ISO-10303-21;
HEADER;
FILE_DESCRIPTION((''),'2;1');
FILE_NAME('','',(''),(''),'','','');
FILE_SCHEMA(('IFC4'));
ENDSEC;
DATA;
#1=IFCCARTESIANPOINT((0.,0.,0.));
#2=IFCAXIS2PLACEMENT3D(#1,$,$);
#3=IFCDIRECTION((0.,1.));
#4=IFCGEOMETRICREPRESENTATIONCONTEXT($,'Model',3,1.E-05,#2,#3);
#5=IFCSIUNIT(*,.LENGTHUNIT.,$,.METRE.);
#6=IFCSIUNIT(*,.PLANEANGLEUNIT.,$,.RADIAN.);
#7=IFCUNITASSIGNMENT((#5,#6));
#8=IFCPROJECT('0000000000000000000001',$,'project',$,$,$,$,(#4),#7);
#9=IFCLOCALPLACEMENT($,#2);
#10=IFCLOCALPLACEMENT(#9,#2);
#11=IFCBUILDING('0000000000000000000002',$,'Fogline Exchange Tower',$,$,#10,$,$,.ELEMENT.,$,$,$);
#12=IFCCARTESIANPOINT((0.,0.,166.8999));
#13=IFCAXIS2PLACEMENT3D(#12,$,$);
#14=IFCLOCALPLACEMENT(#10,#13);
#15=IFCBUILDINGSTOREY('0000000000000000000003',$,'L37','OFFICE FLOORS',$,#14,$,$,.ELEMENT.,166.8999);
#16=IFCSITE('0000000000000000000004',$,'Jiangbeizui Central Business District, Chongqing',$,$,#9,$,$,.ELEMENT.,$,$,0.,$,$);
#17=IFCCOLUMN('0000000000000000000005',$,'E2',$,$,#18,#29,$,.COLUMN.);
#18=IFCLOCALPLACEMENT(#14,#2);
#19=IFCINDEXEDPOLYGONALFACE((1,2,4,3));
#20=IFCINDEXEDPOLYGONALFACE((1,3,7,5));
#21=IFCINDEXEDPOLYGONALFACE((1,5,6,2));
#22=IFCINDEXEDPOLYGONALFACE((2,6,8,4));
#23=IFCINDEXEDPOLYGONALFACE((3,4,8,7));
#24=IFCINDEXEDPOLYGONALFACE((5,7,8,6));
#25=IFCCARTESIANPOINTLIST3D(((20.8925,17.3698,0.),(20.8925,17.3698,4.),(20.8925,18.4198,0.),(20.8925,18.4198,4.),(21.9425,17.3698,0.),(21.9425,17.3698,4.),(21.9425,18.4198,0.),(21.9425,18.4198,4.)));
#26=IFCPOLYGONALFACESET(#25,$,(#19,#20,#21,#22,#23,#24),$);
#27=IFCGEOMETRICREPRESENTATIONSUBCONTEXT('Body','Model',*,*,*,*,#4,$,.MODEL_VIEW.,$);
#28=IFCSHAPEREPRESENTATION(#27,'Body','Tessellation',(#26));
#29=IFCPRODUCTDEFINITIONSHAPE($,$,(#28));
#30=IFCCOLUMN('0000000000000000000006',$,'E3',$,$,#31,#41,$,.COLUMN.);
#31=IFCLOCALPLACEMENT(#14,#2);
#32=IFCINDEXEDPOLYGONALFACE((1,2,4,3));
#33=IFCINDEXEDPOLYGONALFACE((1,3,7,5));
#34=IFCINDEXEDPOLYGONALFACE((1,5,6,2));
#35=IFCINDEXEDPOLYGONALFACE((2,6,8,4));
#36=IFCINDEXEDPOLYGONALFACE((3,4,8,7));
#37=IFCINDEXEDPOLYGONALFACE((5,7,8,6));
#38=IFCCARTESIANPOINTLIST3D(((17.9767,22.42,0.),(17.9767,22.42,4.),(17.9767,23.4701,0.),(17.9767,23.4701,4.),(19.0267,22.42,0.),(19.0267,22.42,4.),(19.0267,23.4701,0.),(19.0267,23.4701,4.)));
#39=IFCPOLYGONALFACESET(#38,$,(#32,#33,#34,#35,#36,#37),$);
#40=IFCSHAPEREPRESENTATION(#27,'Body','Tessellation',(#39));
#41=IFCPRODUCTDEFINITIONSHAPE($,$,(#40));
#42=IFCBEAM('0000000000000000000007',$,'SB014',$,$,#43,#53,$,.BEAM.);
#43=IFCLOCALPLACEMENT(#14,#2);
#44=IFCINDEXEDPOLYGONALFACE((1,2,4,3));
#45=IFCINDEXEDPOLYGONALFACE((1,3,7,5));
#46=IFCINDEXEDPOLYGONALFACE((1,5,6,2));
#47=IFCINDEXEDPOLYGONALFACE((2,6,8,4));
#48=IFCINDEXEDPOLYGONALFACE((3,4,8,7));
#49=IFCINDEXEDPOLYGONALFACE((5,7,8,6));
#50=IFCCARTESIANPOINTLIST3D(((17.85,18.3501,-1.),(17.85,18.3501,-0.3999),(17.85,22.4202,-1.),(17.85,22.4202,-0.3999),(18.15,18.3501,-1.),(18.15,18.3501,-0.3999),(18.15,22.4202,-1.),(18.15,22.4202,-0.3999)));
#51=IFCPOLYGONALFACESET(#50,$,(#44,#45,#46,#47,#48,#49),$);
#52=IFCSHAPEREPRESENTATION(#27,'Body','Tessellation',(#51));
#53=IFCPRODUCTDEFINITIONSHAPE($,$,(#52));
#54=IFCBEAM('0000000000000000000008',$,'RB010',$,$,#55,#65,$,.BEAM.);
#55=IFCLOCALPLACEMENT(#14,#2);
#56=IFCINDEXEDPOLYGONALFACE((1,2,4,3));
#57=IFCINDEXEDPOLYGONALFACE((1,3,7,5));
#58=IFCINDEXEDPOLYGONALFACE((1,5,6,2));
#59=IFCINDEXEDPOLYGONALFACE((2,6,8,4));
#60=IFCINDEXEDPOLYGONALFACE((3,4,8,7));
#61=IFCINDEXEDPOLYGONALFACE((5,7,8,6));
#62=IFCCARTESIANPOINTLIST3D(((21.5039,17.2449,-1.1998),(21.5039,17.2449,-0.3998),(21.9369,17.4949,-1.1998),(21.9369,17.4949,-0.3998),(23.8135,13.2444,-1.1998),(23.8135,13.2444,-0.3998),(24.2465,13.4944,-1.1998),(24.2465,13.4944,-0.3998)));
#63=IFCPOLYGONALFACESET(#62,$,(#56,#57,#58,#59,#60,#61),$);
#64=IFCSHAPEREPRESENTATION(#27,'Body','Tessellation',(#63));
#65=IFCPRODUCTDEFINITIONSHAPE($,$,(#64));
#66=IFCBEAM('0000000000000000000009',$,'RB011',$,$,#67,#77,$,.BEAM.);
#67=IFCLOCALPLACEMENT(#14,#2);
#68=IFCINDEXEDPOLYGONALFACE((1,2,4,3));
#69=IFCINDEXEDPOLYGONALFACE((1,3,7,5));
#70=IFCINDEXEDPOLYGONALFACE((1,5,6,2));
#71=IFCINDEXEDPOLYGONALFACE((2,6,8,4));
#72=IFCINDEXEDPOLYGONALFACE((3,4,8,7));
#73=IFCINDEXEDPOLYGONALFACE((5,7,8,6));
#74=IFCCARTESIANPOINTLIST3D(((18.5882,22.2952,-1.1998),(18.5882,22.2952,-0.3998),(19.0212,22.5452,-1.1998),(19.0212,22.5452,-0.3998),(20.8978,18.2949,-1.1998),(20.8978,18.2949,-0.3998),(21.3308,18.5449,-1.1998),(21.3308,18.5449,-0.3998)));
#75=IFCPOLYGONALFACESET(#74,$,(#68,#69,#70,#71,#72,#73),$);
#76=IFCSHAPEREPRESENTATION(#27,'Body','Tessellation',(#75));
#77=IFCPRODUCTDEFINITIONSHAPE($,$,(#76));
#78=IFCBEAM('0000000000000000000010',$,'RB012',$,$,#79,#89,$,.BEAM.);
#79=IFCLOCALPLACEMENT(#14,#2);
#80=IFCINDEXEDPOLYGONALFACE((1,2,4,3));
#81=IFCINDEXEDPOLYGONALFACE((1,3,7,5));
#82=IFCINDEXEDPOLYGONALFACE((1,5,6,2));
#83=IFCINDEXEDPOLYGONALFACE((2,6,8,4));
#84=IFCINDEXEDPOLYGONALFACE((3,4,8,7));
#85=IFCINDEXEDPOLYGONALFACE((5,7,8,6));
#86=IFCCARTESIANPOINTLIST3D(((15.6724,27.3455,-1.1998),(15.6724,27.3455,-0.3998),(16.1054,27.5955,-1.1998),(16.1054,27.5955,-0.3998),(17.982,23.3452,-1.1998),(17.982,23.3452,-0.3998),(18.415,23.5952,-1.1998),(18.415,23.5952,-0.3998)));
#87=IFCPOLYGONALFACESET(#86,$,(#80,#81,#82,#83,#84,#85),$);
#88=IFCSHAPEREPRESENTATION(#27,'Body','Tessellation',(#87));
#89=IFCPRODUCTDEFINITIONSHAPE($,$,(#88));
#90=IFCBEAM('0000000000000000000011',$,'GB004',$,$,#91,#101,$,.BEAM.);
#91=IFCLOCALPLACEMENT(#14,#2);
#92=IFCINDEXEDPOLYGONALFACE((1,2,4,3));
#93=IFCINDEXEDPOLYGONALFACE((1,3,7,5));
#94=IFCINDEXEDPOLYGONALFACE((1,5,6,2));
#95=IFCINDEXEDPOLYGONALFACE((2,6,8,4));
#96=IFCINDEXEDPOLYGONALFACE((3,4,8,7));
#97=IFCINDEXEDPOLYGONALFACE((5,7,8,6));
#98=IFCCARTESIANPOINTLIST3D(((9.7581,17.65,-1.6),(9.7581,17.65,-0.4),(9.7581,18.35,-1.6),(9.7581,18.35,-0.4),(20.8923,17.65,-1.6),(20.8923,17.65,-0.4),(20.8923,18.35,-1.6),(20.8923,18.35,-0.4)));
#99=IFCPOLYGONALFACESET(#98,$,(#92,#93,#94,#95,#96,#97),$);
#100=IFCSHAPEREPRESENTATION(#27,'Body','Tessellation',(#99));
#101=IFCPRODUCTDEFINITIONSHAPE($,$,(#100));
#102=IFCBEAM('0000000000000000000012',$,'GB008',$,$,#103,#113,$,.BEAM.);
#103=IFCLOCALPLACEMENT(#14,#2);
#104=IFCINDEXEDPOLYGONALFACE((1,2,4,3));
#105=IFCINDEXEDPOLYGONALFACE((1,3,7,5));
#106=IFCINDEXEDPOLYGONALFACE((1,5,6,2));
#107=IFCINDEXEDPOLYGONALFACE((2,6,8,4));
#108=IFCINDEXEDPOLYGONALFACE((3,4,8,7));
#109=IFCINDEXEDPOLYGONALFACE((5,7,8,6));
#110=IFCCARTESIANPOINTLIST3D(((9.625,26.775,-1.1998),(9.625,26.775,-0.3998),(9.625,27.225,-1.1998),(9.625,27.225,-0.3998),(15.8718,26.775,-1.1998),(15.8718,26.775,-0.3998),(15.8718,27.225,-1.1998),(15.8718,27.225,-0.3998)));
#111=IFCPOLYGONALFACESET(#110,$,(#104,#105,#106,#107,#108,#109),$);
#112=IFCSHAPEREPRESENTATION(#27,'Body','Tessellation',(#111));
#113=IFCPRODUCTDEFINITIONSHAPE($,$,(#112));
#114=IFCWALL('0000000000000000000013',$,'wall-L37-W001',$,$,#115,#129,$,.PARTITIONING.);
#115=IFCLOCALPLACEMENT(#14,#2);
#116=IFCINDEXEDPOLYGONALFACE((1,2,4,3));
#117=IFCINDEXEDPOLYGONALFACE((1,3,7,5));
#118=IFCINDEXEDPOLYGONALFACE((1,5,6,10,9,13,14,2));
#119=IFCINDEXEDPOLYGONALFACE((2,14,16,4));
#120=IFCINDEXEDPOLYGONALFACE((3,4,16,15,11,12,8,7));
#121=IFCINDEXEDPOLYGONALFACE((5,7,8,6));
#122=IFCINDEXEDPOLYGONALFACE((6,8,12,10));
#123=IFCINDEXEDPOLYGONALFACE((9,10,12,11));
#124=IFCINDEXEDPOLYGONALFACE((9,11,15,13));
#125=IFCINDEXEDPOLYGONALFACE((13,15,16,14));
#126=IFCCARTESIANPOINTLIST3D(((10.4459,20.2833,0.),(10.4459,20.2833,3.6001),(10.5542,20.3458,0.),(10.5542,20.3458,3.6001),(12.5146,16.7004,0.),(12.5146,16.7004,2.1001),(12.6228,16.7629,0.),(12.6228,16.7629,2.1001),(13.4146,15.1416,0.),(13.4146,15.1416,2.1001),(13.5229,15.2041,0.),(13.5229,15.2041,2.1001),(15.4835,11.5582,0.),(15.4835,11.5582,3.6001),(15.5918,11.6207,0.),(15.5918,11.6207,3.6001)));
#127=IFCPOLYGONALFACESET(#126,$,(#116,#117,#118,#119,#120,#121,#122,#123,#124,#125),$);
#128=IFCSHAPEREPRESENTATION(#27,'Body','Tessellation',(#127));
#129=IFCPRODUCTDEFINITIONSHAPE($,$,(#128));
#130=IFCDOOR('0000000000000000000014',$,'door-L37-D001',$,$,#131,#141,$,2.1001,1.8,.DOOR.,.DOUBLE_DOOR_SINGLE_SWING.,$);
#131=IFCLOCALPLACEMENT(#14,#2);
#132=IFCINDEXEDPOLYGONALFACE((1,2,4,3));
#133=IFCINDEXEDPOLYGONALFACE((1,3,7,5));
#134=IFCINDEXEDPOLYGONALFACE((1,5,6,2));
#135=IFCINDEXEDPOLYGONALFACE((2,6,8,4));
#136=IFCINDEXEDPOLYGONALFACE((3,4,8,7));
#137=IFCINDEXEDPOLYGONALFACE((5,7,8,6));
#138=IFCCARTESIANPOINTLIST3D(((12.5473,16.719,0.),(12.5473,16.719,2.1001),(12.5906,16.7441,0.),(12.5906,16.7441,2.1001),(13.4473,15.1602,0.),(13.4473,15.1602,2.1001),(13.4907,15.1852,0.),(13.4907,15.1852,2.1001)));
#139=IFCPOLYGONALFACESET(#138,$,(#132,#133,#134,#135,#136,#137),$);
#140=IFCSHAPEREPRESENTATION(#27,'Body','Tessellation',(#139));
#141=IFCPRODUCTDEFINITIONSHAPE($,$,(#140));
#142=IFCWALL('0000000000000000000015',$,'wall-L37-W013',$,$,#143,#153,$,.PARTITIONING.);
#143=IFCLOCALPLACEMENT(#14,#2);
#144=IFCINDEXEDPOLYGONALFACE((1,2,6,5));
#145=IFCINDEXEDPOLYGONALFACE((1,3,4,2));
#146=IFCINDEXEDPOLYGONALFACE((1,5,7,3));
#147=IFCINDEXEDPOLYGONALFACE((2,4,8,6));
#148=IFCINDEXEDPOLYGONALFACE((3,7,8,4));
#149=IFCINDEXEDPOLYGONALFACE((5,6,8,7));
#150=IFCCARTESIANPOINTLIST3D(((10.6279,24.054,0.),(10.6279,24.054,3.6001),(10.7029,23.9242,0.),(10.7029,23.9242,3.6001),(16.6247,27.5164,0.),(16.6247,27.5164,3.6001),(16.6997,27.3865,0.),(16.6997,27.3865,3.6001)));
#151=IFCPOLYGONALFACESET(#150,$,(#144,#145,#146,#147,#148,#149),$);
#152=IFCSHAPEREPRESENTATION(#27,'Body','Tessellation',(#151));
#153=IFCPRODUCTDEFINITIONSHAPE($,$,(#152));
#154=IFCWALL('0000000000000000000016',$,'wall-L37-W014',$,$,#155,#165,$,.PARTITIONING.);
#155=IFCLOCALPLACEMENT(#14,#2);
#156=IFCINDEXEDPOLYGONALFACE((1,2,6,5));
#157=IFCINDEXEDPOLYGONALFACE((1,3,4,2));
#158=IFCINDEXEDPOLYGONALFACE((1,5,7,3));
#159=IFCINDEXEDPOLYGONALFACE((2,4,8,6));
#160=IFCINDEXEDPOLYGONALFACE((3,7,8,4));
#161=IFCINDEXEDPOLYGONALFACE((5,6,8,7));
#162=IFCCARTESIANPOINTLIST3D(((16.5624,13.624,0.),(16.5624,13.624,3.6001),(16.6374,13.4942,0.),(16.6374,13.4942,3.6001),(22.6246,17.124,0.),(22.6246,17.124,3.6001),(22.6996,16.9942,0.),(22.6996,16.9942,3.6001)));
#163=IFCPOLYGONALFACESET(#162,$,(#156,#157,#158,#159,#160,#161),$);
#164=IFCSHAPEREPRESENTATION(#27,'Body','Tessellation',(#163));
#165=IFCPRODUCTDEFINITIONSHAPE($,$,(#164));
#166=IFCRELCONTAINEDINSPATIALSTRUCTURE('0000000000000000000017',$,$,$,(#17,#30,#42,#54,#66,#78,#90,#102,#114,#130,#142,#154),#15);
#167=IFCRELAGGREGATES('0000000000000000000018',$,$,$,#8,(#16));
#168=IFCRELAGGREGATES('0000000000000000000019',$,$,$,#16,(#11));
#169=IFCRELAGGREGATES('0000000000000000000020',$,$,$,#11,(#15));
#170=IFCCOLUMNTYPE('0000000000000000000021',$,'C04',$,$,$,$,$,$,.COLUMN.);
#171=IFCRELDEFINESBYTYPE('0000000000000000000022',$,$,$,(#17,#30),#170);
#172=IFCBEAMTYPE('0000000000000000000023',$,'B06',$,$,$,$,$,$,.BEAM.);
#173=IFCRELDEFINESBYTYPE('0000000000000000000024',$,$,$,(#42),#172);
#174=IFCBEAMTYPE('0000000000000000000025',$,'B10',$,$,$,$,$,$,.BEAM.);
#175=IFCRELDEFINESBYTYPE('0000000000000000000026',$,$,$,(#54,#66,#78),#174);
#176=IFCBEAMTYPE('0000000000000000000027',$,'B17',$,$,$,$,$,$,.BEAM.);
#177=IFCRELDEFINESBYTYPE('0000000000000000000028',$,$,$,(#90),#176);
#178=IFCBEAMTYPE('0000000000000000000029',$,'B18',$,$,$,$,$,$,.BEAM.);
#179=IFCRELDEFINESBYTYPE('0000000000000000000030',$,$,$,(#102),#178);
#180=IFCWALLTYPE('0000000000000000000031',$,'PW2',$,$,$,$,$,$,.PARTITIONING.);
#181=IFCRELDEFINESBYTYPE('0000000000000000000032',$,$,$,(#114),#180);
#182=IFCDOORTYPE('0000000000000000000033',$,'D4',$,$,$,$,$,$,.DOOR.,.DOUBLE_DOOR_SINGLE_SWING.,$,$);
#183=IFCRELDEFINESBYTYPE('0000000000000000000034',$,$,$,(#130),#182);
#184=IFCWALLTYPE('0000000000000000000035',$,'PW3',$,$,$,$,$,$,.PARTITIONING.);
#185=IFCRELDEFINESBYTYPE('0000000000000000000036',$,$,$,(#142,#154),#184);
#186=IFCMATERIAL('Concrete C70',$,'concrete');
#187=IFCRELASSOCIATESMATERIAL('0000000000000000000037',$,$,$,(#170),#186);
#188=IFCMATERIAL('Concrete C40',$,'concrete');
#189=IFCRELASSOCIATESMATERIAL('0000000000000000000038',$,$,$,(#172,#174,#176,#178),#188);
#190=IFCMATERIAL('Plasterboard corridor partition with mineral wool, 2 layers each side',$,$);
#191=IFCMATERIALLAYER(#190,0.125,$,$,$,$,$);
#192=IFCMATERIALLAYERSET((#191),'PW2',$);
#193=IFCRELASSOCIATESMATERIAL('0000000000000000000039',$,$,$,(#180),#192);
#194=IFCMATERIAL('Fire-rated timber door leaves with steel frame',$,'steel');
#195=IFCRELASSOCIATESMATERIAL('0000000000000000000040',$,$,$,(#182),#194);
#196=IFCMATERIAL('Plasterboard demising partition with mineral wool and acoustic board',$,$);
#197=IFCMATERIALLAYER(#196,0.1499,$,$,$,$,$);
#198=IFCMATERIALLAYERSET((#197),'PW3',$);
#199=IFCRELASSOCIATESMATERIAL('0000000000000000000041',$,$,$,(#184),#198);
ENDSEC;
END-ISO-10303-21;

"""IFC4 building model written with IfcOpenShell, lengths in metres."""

from ifc_helpers import new_model, si_unit, direction, frame, frame_2d, origin, origin_2d, place, context, subcontext, project, spatial, rectangle, extrude, material, layer, layer_set, material_profile, profile_set, type_object, element, fill, save


model = new_model("IFC4")

# Units and contexts
model_context = context("Model", 3, precision=1e-05, world=origin(), true_north=direction((0.0, 1.0)))
body_context = subcontext(model_context, "Body", "Model", "MODEL_VIEW")
ifc_project = project(units=[si_unit("LENGTHUNIT", "METRE"), si_unit("PLANEANGLEUNIT", "RADIAN")], contexts=[model_context])

# Site, building, storey
site_placement = place(None, origin())
site = spatial("IfcSite", under=ifc_project, at=site_placement, Name="Jiangbeizui Central Business District, Chongqing", CompositionType="ELEMENT", RefElevation=0.0)
building_placement = place(site_placement, origin())
building = spatial("IfcBuilding", under=site, at=building_placement, Name="Fogline Exchange Tower", CompositionType="ELEMENT")
storey_placement = place(building_placement, frame((0.0, 0.0, 166.8999)))
storey = spatial("IfcBuildingStorey", under=building, at=storey_placement, Name="L37", Description="OFFICE FLOORS", CompositionType="ELEMENT", Elevation=166.8999)

# Columns
ifc_material_1 = material(Name="Concrete C70", Category="concrete")
ifc_material_profile_1 = material_profile(ifc_material_1, rectangle(XDim=1.05, YDim=1.05, at=origin_2d()), Name="RC 1050x1050")
ifc_profile_set_1 = profile_set([ifc_material_profile_1], Name="Concrete C70")
column_type = type_object("IfcColumnType", Name="C04", PredefinedType="COLUMN", material=ifc_profile_set_1)
for number, where, z_axis, x_axis, name in (
    (1, (21.4175, 17.8948, 0.0), (0.0, 0.0, 1.0), (1.0, 0.0, 0.0), "E2"),
    (2, (18.5017, 22.9451, 0.0), (0.0, 0.0, 1.0), (1.0, 0.0, 0.0), "E3"),
):
    element("IfcColumn", number, at=place(storey_placement, frame(where, z_axis=z_axis, x_axis=x_axis)), inside=storey, type_object=column_type, Name=name, PredefinedType="COLUMN", context=body_context, shape_type="SweptSolid", body=[
        extrude(rectangle(XDim=1.05, YDim=1.05, at=origin_2d()), origin(), (0.0, 0.0, 1.0), 4.0),
    ])

# Beams
ifc_material_2 = material(Name="Concrete C40", Category="concrete")
ifc_material_profile_2 = material_profile(ifc_material_2, rectangle(XDim=0.3, YDim=0.6001, at=origin_2d()), Name="RC 300x600")
ifc_profile_set_2 = profile_set([ifc_material_profile_2], Name="Concrete C40")
beam_type_1 = type_object("IfcBeamType", Name="B06", PredefinedType="BEAM", material=ifc_profile_set_2)
beam_1_placement = place(storey_placement, frame((18.0, 18.3501, -0.7), z_axis=(0.0, 1.0, 0.0), x_axis=(-1.0, 0.0, 0.0)))
element("IfcBeam", 3, at=beam_1_placement, inside=storey, type_object=beam_type_1, Name="SB014", PredefinedType="BEAM", context=body_context, shape_type="SweptSolid", body=[
    extrude(rectangle(XDim=0.3, YDim=0.6001, at=origin_2d()), origin(), (0.0, 0.0, 1.0), 4.0701),
])
ifc_material_profile_3 = material_profile(ifc_material_2, rectangle(XDim=0.5, YDim=0.8, at=origin_2d()), Name="RC 500x800")
ifc_profile_set_3 = profile_set([ifc_material_profile_3], Name="Concrete C40")
beam_type_2 = type_object("IfcBeamType", Name="B10", PredefinedType="BEAM", material=ifc_profile_set_3)
beam_2_placement = place(storey_placement, frame((24.03, 13.3694, -0.7998), z_axis=(-0.499982, 0.866036, 0.0), x_axis=(-0.866036, -0.499982, 0.0)))
element("IfcBeam", 4, at=beam_2_placement, inside=storey, type_object=beam_type_2, Name="RB010", PredefinedType="BEAM", context=body_context, shape_type="SweptSolid", body=[
    extrude(rectangle(XDim=0.5, YDim=0.8, at=origin_2d()), origin(), (0.0, 0.0, 1.0), 4.6194),
])
for number, where, z_axis, x_axis, name in (
    (5, (21.1143, 18.4199, -0.7998), (-0.500005, 0.866023, 0.0), (-0.866023, -0.500005, 0.0), "RB011"),
    (6, (18.1985, 23.4702, -0.7998), (-0.500005, 0.866023, 0.0), (-0.866023, -0.500005, 0.0), "RB012"),
):
    element("IfcBeam", number, at=place(storey_placement, frame(where, z_axis=z_axis, x_axis=x_axis)), inside=storey, type_object=beam_type_2, Name=name, PredefinedType="BEAM", context=body_context, shape_type="SweptSolid", body=[
        extrude(rectangle(XDim=0.5, YDim=0.8, at=origin_2d()), origin(), (0.0, 0.0, 1.0), 4.6191),
    ])
ifc_material_profile_4 = material_profile(ifc_material_2, rectangle(XDim=0.7, YDim=1.2, at=origin_2d()), Name="RC 700x1200")
ifc_profile_set_4 = profile_set([ifc_material_profile_4], Name="Concrete C40")
beam_type_3 = type_object("IfcBeamType", Name="B17", PredefinedType="BEAM", material=ifc_profile_set_4)
beam_3_placement = place(storey_placement, frame((9.7581, 18.0, -1.0), z_axis=(1.0, 0.0, 0.0), x_axis=(0.0, 1.0, 0.0)))
element("IfcBeam", 7, at=beam_3_placement, inside=storey, type_object=beam_type_3, Name="GB004", PredefinedType="BEAM", context=body_context, shape_type="SweptSolid", body=[
    extrude(rectangle(XDim=0.7, YDim=1.2, at=origin_2d()), origin(), (0.0, 0.0, 1.0), 11.1343),
])
ifc_material_profile_5 = material_profile(ifc_material_2, rectangle(XDim=0.45, YDim=0.8, at=origin_2d()), Name="RC 450x800")
ifc_profile_set_5 = profile_set([ifc_material_profile_5], Name="Concrete C40")
beam_type_4 = type_object("IfcBeamType", Name="B18", PredefinedType="BEAM", material=ifc_profile_set_5)
beam_4_placement = place(storey_placement, frame((9.625, 27.0, -0.7998), z_axis=(1.0, 0.0, 0.0), x_axis=(0.0, 1.0, 0.0)))
element("IfcBeam", 8, at=beam_4_placement, inside=storey, type_object=beam_type_4, Name="GB008", PredefinedType="BEAM", context=body_context, shape_type="SweptSolid", body=[
    extrude(rectangle(XDim=0.45, YDim=0.8, at=origin_2d()), origin(), (0.0, 0.0, 1.0), 6.2468),
])

# Wall, opening, door
ifc_material_3 = material(Name="Plasterboard corridor partition with mineral wool, 2 layers each side")
ifc_layer_1 = layer(ifc_material_3, 0.125)
ifc_layer_set_1 = layer_set([ifc_layer_1], Name="PW2")
wall_type_1 = type_object("IfcWallType", Name="PW2", PredefinedType="PARTITIONING", material=ifc_layer_set_1)
wall_1_placement = place(storey_placement, frame((10.5, 20.3147, 0.0), z_axis=(0.0, 0.0, 1.0), x_axis=(0.500012, -0.866019, 0.0)))
wall_1 = element("IfcWall", 9, at=wall_1_placement, inside=storey, type_object=wall_type_1, Name="wall-L37-W001", PredefinedType="PARTITIONING", context=body_context, shape_type="SweptSolid", body=[
    extrude(rectangle(XDim=10.075, YDim=0.125, at=frame_2d((5.0376, 0.0))), origin(), (0.0, 0.0, 1.0), 3.6001),
])
opening_1_placement = place(wall_1_placement, frame((4.1375, 0.0, 0.0)))
opening_1 = element("IfcOpeningElement", 10, at=opening_1_placement, cuts=wall_1, PredefinedType="OPENING", context=body_context, shape_type="SweptSolid", body=[
    extrude(rectangle(XDim=1.8, YDim=2.1001, at=frame_2d((0.8999, 1.05))), frame((0.0, 0.0725, 0.0), z_axis=(0.0, -1.0, 0.0), x_axis=(1.0, 0.0, 0.0)), (0.0, 0.0, 1.0), 0.145),
])
ifc_material_4 = material(Name="Fire-rated timber door leaves with steel frame", Category="steel")
door_type_1 = type_object("IfcDoorType", Name="D4", OperationType="DOUBLE_DOOR_SINGLE_SWING", PredefinedType="DOOR", material=ifc_material_4)
door_1_placement = place(opening_1_placement, frame((1.8, 0.0, 0.0), z_axis=(0.0, 0.0, 1.0), x_axis=(-1.0, 0.0, 0.0)))
door_1 = element("IfcDoor", 11, at=door_1_placement, inside=storey, type_object=door_type_1, Name="door-L37-D001", OperationType="DOUBLE_DOOR_SINGLE_SWING", OverallHeight=2.1001, OverallWidth=1.8, PredefinedType="DOOR", context=body_context, shape_type="SweptSolid", body=[
    extrude(rectangle(XDim=1.8, YDim=2.1001, at=frame_2d((0.8999, 1.05))), frame((0.0, 0.0249, 0.0), z_axis=(0.0, -1.0, 0.0), x_axis=(1.0, 0.0, 0.0)), (0.0, 0.0, 1.0), 0.05),
])
fill(opening_1, door_1)

# Walls
ifc_material_5 = material(Name="Plasterboard demising partition with mineral wool and acoustic board")
ifc_layer_2 = layer(ifc_material_5, 0.1499)
ifc_layer_set_2 = layer_set([ifc_layer_2], Name="PW3")
wall_type_2 = type_object("IfcWallType", Name="PW3", PredefinedType="PARTITIONING", material=ifc_layer_set_2)
wall_2_placement = place(storey_placement, frame((10.6653, 23.989, 0.0), z_axis=(0.0, 0.0, 1.0), x_axis=(0.866017, 0.500014, 0.0)))
element("IfcWall", 12, at=wall_2_placement, inside=storey, type_object=wall_type_2, Name="wall-L37-W013", PredefinedType="PARTITIONING", context=body_context, shape_type="SweptSolid", body=[
    extrude(rectangle(XDim=6.9246, YDim=0.1499, at=frame_2d((3.4624, 0.0))), origin(), (0.0, 0.0, 1.0), 3.6001),
])
wall_3_placement = place(storey_placement, frame((22.6621, 17.0591, 0.0), z_axis=(0.0, 0.0, 1.0), x_axis=(-0.866028, -0.499995, 0.0)))
element("IfcWall", 13, at=wall_3_placement, inside=storey, type_object=wall_type_2, Name="wall-L37-W014", PredefinedType="PARTITIONING", context=body_context, shape_type="SweptSolid", body=[
    extrude(rectangle(XDim=7.0, YDim=0.1499, at=frame_2d((3.5, 0.0))), origin(), (0.0, 0.0, 1.0), 3.6001),
])

save(model, "model.ifc")
